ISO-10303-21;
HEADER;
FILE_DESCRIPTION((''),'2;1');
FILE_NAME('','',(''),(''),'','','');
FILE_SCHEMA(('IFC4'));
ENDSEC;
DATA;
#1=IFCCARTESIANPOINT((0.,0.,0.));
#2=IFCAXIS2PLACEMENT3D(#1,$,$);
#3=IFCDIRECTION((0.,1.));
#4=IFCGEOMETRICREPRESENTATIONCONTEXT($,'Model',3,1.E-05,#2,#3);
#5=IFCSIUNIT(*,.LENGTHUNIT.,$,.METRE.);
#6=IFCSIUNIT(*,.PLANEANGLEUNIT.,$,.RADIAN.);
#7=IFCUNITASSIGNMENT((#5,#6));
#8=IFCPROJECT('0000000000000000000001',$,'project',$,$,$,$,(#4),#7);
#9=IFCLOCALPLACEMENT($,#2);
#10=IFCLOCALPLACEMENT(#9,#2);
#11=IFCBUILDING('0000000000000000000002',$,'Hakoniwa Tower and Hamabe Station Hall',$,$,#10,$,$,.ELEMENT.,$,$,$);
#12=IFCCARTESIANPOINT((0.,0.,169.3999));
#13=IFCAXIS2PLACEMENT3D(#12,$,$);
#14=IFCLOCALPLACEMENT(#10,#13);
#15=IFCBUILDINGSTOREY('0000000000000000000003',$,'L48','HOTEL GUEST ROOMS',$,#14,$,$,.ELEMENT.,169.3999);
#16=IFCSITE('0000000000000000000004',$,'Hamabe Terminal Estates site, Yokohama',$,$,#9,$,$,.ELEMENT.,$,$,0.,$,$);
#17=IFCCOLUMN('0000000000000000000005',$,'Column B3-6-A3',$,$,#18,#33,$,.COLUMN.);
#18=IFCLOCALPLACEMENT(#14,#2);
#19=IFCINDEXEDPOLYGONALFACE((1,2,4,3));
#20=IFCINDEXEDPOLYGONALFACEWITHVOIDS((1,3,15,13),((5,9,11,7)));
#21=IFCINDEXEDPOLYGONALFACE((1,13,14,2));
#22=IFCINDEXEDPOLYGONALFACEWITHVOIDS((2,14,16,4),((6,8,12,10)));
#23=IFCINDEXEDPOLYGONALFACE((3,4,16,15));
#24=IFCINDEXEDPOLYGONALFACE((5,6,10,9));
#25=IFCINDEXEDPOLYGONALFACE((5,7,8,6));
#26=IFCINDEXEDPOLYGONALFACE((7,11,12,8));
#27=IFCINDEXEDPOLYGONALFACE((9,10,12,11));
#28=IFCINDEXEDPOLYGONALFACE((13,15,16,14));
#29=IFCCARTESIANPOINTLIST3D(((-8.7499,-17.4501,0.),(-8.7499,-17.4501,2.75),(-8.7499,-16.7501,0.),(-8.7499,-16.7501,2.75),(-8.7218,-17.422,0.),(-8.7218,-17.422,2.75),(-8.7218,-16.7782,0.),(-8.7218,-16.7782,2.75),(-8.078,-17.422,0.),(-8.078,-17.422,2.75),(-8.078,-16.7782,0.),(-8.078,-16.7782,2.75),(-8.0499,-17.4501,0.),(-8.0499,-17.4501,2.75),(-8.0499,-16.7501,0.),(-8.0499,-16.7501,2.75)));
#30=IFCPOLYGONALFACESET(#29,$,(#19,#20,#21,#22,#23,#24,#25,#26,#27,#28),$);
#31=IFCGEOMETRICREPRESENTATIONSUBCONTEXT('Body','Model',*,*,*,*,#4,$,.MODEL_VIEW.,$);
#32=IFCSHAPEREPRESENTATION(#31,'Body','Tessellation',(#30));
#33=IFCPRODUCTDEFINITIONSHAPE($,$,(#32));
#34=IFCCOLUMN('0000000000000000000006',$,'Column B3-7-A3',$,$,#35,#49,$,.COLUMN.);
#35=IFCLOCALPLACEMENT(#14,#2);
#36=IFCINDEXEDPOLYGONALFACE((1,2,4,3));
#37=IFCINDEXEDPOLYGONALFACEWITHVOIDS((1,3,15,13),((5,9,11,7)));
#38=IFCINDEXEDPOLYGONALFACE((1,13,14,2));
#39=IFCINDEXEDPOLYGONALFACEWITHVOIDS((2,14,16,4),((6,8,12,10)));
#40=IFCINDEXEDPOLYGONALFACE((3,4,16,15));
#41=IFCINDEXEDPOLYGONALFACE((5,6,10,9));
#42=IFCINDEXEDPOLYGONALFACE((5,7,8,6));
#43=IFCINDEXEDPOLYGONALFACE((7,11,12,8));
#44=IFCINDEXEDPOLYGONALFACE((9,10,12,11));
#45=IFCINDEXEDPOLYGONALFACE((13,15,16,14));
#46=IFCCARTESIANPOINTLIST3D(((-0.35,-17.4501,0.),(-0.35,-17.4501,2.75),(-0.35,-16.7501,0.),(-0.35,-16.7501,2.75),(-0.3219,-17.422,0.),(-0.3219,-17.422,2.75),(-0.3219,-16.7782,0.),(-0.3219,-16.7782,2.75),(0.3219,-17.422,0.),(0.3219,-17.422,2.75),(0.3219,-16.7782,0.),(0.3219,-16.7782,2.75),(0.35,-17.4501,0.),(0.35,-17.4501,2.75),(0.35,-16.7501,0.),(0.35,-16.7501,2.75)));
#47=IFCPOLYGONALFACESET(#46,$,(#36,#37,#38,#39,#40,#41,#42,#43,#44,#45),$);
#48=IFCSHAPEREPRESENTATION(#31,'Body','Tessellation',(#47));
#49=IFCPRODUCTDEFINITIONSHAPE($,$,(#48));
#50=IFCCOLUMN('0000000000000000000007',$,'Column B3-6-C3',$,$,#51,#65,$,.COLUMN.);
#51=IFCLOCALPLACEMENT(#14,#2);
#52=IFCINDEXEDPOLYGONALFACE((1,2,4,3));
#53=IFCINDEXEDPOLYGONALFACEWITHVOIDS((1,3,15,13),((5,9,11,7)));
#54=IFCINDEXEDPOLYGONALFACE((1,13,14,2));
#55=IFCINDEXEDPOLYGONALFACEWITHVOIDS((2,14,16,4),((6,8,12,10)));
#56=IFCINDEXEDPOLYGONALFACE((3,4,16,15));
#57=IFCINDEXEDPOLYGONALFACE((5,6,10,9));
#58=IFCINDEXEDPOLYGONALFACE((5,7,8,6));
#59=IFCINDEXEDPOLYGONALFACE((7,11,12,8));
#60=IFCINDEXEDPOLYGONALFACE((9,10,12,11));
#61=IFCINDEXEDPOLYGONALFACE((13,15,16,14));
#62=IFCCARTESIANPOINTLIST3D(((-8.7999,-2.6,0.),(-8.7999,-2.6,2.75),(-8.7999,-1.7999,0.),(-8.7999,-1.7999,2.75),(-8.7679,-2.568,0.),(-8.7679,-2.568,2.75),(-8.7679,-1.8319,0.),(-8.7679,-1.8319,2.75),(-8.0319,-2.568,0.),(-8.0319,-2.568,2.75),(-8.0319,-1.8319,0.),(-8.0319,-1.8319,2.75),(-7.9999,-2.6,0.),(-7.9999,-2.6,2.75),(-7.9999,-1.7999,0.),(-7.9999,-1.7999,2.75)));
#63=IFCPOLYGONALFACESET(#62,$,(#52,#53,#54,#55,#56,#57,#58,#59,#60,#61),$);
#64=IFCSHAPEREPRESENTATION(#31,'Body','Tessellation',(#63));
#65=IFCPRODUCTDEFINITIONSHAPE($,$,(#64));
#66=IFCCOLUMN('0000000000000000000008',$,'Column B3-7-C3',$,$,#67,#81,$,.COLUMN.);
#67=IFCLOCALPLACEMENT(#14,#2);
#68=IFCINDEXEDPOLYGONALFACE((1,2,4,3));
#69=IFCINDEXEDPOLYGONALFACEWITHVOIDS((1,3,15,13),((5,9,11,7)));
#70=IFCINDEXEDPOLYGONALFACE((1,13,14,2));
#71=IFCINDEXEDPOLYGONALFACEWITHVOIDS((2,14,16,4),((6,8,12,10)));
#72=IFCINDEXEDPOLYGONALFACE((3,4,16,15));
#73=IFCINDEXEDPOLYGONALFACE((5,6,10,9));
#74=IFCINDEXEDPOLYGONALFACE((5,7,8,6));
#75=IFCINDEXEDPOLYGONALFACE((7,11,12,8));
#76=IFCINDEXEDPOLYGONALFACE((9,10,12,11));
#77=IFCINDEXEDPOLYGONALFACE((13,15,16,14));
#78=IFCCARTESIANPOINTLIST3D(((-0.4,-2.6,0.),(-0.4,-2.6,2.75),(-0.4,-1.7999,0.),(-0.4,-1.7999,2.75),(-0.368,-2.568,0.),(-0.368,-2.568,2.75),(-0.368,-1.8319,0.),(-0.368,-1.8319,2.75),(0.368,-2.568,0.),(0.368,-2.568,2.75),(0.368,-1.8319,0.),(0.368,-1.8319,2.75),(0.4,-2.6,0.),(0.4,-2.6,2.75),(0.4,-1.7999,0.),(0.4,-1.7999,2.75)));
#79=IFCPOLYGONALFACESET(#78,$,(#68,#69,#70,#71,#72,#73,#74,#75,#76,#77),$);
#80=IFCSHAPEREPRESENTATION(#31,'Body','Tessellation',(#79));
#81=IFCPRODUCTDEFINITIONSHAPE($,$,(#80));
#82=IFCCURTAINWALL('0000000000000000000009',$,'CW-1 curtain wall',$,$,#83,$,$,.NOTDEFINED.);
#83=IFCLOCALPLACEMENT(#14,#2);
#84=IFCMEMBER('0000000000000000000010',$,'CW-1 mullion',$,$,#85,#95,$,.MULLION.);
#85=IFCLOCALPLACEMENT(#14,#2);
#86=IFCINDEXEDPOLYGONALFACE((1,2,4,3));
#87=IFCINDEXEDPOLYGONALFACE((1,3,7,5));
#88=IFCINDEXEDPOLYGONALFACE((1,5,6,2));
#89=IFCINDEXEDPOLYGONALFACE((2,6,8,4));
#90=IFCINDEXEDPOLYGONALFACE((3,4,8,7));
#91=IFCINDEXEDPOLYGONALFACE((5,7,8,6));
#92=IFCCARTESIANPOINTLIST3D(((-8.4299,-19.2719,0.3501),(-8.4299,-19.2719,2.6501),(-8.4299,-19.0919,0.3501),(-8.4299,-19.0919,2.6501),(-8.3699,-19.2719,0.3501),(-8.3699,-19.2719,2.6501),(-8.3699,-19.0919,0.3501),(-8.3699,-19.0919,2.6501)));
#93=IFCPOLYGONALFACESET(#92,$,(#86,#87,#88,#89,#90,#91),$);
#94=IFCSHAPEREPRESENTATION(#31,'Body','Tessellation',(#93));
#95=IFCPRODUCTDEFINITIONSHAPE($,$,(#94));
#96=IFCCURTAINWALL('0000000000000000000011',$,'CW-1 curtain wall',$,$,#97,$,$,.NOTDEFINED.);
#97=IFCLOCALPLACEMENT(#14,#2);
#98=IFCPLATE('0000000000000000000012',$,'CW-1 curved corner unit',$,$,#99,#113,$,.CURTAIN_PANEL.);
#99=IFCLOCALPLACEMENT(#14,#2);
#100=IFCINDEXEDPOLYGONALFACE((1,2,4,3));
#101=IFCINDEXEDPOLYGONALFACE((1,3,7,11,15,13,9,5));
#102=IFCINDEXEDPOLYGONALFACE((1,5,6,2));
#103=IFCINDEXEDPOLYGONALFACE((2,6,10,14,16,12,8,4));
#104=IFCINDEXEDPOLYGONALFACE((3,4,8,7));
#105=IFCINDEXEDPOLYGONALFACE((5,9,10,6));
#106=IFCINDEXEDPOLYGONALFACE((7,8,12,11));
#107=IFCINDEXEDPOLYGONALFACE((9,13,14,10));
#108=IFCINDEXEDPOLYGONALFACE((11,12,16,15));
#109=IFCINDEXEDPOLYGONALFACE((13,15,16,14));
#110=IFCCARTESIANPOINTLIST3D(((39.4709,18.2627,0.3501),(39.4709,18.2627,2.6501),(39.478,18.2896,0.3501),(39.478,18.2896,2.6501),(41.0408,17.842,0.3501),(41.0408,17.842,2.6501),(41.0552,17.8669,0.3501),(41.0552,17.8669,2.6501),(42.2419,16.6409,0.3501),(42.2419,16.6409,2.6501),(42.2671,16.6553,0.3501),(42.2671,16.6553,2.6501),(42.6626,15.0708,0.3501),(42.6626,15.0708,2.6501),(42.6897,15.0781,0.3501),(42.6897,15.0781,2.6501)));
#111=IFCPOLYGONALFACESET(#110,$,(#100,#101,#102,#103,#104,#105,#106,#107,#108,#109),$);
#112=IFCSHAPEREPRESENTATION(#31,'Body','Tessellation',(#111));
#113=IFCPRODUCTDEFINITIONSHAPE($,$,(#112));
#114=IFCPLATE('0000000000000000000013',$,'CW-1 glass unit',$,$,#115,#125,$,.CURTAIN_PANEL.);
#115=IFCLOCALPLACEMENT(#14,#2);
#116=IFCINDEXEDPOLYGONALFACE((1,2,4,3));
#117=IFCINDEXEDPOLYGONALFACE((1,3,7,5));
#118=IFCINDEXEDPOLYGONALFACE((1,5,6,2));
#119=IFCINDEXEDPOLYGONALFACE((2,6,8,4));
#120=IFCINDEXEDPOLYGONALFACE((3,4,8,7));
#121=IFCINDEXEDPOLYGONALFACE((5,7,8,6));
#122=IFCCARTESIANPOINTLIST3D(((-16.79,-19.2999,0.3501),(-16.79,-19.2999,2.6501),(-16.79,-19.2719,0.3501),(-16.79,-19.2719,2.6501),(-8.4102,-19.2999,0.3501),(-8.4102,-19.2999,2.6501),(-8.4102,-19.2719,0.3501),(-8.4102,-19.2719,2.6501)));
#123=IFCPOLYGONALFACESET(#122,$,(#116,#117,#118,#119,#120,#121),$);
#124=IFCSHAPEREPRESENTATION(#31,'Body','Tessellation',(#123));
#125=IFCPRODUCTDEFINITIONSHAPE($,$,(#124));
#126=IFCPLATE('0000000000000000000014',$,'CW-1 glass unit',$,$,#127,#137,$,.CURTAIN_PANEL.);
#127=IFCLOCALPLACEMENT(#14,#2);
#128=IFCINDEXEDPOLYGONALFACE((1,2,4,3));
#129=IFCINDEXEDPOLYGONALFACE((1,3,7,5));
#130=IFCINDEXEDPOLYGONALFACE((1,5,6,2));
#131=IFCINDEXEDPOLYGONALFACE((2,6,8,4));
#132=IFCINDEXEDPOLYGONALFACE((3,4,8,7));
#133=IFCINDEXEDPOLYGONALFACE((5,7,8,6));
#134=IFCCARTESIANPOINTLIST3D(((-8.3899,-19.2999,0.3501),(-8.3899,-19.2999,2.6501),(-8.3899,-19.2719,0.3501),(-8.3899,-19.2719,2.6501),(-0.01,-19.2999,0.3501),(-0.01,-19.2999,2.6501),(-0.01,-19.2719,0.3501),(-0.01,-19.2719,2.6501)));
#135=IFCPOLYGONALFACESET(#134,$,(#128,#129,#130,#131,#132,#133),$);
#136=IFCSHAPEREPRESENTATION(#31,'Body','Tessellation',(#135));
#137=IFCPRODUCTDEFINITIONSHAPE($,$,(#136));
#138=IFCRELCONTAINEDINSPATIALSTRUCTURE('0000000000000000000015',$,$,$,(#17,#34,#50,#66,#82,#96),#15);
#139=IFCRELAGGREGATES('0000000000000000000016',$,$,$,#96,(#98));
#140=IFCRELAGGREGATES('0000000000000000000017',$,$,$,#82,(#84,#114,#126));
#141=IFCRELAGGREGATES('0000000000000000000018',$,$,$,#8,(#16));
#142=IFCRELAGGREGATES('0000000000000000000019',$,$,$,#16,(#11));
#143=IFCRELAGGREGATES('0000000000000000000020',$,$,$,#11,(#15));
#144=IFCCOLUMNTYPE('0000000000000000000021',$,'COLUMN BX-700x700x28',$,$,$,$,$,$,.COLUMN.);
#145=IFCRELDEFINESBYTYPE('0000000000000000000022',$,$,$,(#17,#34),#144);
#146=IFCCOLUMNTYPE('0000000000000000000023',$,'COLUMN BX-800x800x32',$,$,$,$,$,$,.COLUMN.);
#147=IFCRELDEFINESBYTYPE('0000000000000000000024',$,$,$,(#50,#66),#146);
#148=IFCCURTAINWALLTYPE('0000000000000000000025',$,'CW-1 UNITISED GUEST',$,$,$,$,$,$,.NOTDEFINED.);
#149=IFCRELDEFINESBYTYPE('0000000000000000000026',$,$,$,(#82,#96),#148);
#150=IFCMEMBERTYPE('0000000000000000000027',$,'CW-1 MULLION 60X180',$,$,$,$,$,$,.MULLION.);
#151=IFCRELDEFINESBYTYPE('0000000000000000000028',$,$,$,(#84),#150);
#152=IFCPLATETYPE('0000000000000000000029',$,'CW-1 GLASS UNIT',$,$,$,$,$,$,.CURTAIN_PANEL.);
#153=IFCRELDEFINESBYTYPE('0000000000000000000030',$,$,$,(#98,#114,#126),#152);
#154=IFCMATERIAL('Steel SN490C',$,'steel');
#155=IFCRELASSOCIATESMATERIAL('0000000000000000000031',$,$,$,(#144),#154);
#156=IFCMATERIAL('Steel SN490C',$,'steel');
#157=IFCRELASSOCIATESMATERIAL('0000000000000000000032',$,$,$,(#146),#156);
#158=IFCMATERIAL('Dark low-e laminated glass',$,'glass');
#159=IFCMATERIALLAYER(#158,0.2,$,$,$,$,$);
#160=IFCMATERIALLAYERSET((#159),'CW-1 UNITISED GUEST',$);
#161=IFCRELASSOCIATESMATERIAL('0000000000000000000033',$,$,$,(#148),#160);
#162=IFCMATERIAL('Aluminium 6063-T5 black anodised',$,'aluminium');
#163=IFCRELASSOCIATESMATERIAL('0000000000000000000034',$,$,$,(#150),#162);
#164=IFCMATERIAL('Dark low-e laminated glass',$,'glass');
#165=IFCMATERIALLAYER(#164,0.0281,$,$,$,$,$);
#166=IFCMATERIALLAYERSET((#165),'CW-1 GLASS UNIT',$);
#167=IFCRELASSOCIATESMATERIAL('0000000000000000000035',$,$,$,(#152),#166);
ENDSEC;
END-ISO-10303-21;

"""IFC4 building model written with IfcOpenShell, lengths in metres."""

from ifc_helpers import new_model, si_unit, direction, frame, origin, origin_2d, place, context, subcontext, project, spatial, polyline, rectangle, hollow_rectangle, outline, extrude, material, layer, layer_set, material_profile, profile_set, type_object, element, aggregate, save


model = new_model("IFC4")

# Units and contexts
model_context = context("Model", 3, precision=1e-05, world=origin(), true_north=direction((0.0, 1.0)))
body_context = subcontext(model_context, "Body", "Model", "MODEL_VIEW")
ifc_project = project(units=[si_unit("LENGTHUNIT", "METRE"), si_unit("PLANEANGLEUNIT", "RADIAN")], contexts=[model_context])

# Site, building, storey
site_placement = place(None, origin())
site = spatial("IfcSite", under=ifc_project, at=site_placement, Name="Hamabe Terminal Estates site, Yokohama", CompositionType="ELEMENT", RefElevation=0.0)
building_placement = place(site_placement, origin())
building = spatial("IfcBuilding", under=site, at=building_placement, Name="Hakoniwa Tower and Hamabe Station Hall", CompositionType="ELEMENT")
storey_placement = place(building_placement, frame((0.0, 0.0, 169.3999)))
storey = spatial("IfcBuildingStorey", under=building, at=storey_placement, Name="L48", Description="HOTEL GUEST ROOMS", CompositionType="ELEMENT", Elevation=169.3999)

# Columns
ifc_material_1 = material(Name="Steel SN490C", Category="steel")
ifc_material_profile_1 = material_profile(ifc_material_1, hollow_rectangle(XDim=0.7, YDim=0.7, WallThickness=0.0281, at=origin_2d()), Name="BX-700x700x28")
ifc_profile_set_1 = profile_set([ifc_material_profile_1], Name="Steel SN490C")
column_type_1 = type_object("IfcColumnType", Name="COLUMN BX-700x700x28", PredefinedType="COLUMN", material=ifc_profile_set_1)
for number, where, z_axis, x_axis, name in (
    (1, (-8.3999, -17.1001, 0.0), (0.0, 0.0, 1.0), (1.0, 0.0, 0.0), "Column B3-6-A3"),
    (2, (0.0, -17.1001, 0.0), (0.0, 0.0, 1.0), (1.0, 0.0, 0.0), "Column B3-7-A3"),
):
    element("IfcColumn", number, at=place(storey_placement, frame(where, z_axis=z_axis, x_axis=x_axis)), inside=storey, type_object=column_type_1, Name=name, PredefinedType="COLUMN", context=body_context, shape_type="SweptSolid", body=[
        extrude(hollow_rectangle(XDim=0.7, YDim=0.7, WallThickness=0.0281, at=origin_2d()), origin(), (0.0, 0.0, 1.0), 2.75),
    ])
ifc_material_2 = material(Name="Steel SN490C", Category="steel")
ifc_material_profile_2 = material_profile(ifc_material_2, hollow_rectangle(XDim=0.8, YDim=0.8, WallThickness=0.032, at=origin_2d()), Name="BX-800x800x32")
ifc_profile_set_2 = profile_set([ifc_material_profile_2], Name="Steel SN490C")
column_type_2 = type_object("IfcColumnType", Name="COLUMN BX-800x800x32", PredefinedType="COLUMN", material=ifc_profile_set_2)
for number, where, z_axis, x_axis, name in (
    (3, (-8.3999, -2.2, 0.0), (0.0, 0.0, 1.0), (1.0, 0.0, 0.0), "Column B3-6-C3"),
    (4, (0.0, -2.2, 0.0), (0.0, 0.0, 1.0), (1.0, 0.0, 0.0), "Column B3-7-C3"),
):
    element("IfcColumn", number, at=place(storey_placement, frame(where, z_axis=z_axis, x_axis=x_axis)), inside=storey, type_object=column_type_2, Name=name, PredefinedType="COLUMN", context=body_context, shape_type="SweptSolid", body=[
        extrude(hollow_rectangle(XDim=0.8, YDim=0.8, WallThickness=0.032, at=origin_2d()), origin(), (0.0, 0.0, 1.0), 2.75),
    ])

# Curtain wall, member
ifc_material_3 = material(Name="Dark low-e laminated glass", Category="glass")
ifc_layer_1 = layer(ifc_material_3, 0.2)
ifc_layer_set_1 = layer_set([ifc_layer_1], Name="CW-1 UNITISED GUEST")
curtain_wall_type = type_object("IfcCurtainWallType", Name="CW-1 UNITISED GUEST", PredefinedType="NOTDEFINED", material=ifc_layer_set_1)
curtain_wall_1_placement = place(storey_placement, origin())
curtain_wall_1 = element("IfcCurtainWall", 5, at=curtain_wall_1_placement, inside=storey, type_object=curtain_wall_type, Name="CW-1 curtain wall", PredefinedType="NOTDEFINED")
ifc_material_4 = material(Name="Aluminium 6063-T5 black anodised", Category="aluminium")
ifc_material_profile_3 = material_profile(ifc_material_4, rectangle(XDim=0.0601, YDim=0.1799, at=origin_2d()), Name="CW-1 MULLION 60X180")
ifc_profile_set_3 = profile_set([ifc_material_profile_3], Name="Aluminium 6063-T5 black anodised")
member_type = type_object("IfcMemberType", Name="CW-1 MULLION 60X180", PredefinedType="MULLION", material=ifc_profile_set_3)
member_placement = place(storey_placement, frame((-8.3999, -19.1819, 0.3501), z_axis=(0.0, 0.0, 1.0), x_axis=(1.0, 0.0, 0.0)))
member = element("IfcMember", 6, at=member_placement, type_object=member_type, Name="CW-1 mullion", PredefinedType="MULLION", context=body_context, shape_type="SweptSolid", body=[
    extrude(rectangle(XDim=0.0601, YDim=0.1799, at=origin_2d()), origin(), (0.0, 0.0, 1.0), 2.3),
])

# Curtain wall, plate
curtain_wall_2_placement = place(storey_placement, origin())
curtain_wall_2 = element("IfcCurtainWall", 7, at=curtain_wall_2_placement, inside=storey, type_object=curtain_wall_type, Name="CW-1 curtain wall", PredefinedType="NOTDEFINED")
ifc_material_5 = material(Name="Dark low-e laminated glass", Category="glass")
ifc_layer_2 = layer(ifc_material_5, 0.0281)
ifc_layer_set_2 = layer_set([ifc_layer_2], Name="CW-1 GLASS UNIT")
plate_type = type_object("IfcPlateType", Name="CW-1 GLASS UNIT", PredefinedType="CURTAIN_PANEL", material=ifc_layer_set_2)
plate_1_placement = place(storey_placement, frame((0.0, 0.0, 0.3501)))
plate_1 = element("IfcPlate", 8, at=plate_1_placement, type_object=plate_type, Name="CW-1 curved corner unit", PredefinedType="CURTAIN_PANEL", context=body_context, shape_type="SweptSolid", body=[
    extrude(outline(polyline([(42.6897, 15.0781), (42.2671, 16.6553), (41.0552, 17.8669), (39.478, 18.2896), (39.4709, 18.2627), (41.0408, 17.842), (42.2419, 16.6409), (42.6626, 15.0708), (42.6897, 15.0781)])), origin(), (0.0, 0.0, 1.0), 2.3),
])
aggregate(curtain_wall_2, [plate_1])

# Plates
plate_2_placement = place(storey_placement, frame((-12.6001, -19.2859, 0.3501), z_axis=(0.0, 0.0, 1.0), x_axis=(1.0, 0.0, 0.0)))
plate_2 = element("IfcPlate", 9, at=plate_2_placement, type_object=plate_type, Name="CW-1 glass unit", PredefinedType="CURTAIN_PANEL", context=body_context, shape_type="SweptSolid", body=[
    extrude(rectangle(XDim=8.3799, YDim=0.0281, at=origin_2d()), origin(), (0.0, 0.0, 1.0), 2.3),
])
plate_3_placement = place(storey_placement, frame((-4.2, -19.2859, 0.3501), z_axis=(0.0, 0.0, 1.0), x_axis=(1.0, 0.0, 0.0)))
plate_3 = element("IfcPlate", 10, at=plate_3_placement, type_object=plate_type, Name="CW-1 glass unit", PredefinedType="CURTAIN_PANEL", context=body_context, shape_type="SweptSolid", body=[
    extrude(rectangle(XDim=8.3799, YDim=0.0281, at=origin_2d()), origin(), (0.0, 0.0, 1.0), 2.3),
])
aggregate(curtain_wall_1, [member, plate_2, plate_3])

save(model, "model.ifc")
